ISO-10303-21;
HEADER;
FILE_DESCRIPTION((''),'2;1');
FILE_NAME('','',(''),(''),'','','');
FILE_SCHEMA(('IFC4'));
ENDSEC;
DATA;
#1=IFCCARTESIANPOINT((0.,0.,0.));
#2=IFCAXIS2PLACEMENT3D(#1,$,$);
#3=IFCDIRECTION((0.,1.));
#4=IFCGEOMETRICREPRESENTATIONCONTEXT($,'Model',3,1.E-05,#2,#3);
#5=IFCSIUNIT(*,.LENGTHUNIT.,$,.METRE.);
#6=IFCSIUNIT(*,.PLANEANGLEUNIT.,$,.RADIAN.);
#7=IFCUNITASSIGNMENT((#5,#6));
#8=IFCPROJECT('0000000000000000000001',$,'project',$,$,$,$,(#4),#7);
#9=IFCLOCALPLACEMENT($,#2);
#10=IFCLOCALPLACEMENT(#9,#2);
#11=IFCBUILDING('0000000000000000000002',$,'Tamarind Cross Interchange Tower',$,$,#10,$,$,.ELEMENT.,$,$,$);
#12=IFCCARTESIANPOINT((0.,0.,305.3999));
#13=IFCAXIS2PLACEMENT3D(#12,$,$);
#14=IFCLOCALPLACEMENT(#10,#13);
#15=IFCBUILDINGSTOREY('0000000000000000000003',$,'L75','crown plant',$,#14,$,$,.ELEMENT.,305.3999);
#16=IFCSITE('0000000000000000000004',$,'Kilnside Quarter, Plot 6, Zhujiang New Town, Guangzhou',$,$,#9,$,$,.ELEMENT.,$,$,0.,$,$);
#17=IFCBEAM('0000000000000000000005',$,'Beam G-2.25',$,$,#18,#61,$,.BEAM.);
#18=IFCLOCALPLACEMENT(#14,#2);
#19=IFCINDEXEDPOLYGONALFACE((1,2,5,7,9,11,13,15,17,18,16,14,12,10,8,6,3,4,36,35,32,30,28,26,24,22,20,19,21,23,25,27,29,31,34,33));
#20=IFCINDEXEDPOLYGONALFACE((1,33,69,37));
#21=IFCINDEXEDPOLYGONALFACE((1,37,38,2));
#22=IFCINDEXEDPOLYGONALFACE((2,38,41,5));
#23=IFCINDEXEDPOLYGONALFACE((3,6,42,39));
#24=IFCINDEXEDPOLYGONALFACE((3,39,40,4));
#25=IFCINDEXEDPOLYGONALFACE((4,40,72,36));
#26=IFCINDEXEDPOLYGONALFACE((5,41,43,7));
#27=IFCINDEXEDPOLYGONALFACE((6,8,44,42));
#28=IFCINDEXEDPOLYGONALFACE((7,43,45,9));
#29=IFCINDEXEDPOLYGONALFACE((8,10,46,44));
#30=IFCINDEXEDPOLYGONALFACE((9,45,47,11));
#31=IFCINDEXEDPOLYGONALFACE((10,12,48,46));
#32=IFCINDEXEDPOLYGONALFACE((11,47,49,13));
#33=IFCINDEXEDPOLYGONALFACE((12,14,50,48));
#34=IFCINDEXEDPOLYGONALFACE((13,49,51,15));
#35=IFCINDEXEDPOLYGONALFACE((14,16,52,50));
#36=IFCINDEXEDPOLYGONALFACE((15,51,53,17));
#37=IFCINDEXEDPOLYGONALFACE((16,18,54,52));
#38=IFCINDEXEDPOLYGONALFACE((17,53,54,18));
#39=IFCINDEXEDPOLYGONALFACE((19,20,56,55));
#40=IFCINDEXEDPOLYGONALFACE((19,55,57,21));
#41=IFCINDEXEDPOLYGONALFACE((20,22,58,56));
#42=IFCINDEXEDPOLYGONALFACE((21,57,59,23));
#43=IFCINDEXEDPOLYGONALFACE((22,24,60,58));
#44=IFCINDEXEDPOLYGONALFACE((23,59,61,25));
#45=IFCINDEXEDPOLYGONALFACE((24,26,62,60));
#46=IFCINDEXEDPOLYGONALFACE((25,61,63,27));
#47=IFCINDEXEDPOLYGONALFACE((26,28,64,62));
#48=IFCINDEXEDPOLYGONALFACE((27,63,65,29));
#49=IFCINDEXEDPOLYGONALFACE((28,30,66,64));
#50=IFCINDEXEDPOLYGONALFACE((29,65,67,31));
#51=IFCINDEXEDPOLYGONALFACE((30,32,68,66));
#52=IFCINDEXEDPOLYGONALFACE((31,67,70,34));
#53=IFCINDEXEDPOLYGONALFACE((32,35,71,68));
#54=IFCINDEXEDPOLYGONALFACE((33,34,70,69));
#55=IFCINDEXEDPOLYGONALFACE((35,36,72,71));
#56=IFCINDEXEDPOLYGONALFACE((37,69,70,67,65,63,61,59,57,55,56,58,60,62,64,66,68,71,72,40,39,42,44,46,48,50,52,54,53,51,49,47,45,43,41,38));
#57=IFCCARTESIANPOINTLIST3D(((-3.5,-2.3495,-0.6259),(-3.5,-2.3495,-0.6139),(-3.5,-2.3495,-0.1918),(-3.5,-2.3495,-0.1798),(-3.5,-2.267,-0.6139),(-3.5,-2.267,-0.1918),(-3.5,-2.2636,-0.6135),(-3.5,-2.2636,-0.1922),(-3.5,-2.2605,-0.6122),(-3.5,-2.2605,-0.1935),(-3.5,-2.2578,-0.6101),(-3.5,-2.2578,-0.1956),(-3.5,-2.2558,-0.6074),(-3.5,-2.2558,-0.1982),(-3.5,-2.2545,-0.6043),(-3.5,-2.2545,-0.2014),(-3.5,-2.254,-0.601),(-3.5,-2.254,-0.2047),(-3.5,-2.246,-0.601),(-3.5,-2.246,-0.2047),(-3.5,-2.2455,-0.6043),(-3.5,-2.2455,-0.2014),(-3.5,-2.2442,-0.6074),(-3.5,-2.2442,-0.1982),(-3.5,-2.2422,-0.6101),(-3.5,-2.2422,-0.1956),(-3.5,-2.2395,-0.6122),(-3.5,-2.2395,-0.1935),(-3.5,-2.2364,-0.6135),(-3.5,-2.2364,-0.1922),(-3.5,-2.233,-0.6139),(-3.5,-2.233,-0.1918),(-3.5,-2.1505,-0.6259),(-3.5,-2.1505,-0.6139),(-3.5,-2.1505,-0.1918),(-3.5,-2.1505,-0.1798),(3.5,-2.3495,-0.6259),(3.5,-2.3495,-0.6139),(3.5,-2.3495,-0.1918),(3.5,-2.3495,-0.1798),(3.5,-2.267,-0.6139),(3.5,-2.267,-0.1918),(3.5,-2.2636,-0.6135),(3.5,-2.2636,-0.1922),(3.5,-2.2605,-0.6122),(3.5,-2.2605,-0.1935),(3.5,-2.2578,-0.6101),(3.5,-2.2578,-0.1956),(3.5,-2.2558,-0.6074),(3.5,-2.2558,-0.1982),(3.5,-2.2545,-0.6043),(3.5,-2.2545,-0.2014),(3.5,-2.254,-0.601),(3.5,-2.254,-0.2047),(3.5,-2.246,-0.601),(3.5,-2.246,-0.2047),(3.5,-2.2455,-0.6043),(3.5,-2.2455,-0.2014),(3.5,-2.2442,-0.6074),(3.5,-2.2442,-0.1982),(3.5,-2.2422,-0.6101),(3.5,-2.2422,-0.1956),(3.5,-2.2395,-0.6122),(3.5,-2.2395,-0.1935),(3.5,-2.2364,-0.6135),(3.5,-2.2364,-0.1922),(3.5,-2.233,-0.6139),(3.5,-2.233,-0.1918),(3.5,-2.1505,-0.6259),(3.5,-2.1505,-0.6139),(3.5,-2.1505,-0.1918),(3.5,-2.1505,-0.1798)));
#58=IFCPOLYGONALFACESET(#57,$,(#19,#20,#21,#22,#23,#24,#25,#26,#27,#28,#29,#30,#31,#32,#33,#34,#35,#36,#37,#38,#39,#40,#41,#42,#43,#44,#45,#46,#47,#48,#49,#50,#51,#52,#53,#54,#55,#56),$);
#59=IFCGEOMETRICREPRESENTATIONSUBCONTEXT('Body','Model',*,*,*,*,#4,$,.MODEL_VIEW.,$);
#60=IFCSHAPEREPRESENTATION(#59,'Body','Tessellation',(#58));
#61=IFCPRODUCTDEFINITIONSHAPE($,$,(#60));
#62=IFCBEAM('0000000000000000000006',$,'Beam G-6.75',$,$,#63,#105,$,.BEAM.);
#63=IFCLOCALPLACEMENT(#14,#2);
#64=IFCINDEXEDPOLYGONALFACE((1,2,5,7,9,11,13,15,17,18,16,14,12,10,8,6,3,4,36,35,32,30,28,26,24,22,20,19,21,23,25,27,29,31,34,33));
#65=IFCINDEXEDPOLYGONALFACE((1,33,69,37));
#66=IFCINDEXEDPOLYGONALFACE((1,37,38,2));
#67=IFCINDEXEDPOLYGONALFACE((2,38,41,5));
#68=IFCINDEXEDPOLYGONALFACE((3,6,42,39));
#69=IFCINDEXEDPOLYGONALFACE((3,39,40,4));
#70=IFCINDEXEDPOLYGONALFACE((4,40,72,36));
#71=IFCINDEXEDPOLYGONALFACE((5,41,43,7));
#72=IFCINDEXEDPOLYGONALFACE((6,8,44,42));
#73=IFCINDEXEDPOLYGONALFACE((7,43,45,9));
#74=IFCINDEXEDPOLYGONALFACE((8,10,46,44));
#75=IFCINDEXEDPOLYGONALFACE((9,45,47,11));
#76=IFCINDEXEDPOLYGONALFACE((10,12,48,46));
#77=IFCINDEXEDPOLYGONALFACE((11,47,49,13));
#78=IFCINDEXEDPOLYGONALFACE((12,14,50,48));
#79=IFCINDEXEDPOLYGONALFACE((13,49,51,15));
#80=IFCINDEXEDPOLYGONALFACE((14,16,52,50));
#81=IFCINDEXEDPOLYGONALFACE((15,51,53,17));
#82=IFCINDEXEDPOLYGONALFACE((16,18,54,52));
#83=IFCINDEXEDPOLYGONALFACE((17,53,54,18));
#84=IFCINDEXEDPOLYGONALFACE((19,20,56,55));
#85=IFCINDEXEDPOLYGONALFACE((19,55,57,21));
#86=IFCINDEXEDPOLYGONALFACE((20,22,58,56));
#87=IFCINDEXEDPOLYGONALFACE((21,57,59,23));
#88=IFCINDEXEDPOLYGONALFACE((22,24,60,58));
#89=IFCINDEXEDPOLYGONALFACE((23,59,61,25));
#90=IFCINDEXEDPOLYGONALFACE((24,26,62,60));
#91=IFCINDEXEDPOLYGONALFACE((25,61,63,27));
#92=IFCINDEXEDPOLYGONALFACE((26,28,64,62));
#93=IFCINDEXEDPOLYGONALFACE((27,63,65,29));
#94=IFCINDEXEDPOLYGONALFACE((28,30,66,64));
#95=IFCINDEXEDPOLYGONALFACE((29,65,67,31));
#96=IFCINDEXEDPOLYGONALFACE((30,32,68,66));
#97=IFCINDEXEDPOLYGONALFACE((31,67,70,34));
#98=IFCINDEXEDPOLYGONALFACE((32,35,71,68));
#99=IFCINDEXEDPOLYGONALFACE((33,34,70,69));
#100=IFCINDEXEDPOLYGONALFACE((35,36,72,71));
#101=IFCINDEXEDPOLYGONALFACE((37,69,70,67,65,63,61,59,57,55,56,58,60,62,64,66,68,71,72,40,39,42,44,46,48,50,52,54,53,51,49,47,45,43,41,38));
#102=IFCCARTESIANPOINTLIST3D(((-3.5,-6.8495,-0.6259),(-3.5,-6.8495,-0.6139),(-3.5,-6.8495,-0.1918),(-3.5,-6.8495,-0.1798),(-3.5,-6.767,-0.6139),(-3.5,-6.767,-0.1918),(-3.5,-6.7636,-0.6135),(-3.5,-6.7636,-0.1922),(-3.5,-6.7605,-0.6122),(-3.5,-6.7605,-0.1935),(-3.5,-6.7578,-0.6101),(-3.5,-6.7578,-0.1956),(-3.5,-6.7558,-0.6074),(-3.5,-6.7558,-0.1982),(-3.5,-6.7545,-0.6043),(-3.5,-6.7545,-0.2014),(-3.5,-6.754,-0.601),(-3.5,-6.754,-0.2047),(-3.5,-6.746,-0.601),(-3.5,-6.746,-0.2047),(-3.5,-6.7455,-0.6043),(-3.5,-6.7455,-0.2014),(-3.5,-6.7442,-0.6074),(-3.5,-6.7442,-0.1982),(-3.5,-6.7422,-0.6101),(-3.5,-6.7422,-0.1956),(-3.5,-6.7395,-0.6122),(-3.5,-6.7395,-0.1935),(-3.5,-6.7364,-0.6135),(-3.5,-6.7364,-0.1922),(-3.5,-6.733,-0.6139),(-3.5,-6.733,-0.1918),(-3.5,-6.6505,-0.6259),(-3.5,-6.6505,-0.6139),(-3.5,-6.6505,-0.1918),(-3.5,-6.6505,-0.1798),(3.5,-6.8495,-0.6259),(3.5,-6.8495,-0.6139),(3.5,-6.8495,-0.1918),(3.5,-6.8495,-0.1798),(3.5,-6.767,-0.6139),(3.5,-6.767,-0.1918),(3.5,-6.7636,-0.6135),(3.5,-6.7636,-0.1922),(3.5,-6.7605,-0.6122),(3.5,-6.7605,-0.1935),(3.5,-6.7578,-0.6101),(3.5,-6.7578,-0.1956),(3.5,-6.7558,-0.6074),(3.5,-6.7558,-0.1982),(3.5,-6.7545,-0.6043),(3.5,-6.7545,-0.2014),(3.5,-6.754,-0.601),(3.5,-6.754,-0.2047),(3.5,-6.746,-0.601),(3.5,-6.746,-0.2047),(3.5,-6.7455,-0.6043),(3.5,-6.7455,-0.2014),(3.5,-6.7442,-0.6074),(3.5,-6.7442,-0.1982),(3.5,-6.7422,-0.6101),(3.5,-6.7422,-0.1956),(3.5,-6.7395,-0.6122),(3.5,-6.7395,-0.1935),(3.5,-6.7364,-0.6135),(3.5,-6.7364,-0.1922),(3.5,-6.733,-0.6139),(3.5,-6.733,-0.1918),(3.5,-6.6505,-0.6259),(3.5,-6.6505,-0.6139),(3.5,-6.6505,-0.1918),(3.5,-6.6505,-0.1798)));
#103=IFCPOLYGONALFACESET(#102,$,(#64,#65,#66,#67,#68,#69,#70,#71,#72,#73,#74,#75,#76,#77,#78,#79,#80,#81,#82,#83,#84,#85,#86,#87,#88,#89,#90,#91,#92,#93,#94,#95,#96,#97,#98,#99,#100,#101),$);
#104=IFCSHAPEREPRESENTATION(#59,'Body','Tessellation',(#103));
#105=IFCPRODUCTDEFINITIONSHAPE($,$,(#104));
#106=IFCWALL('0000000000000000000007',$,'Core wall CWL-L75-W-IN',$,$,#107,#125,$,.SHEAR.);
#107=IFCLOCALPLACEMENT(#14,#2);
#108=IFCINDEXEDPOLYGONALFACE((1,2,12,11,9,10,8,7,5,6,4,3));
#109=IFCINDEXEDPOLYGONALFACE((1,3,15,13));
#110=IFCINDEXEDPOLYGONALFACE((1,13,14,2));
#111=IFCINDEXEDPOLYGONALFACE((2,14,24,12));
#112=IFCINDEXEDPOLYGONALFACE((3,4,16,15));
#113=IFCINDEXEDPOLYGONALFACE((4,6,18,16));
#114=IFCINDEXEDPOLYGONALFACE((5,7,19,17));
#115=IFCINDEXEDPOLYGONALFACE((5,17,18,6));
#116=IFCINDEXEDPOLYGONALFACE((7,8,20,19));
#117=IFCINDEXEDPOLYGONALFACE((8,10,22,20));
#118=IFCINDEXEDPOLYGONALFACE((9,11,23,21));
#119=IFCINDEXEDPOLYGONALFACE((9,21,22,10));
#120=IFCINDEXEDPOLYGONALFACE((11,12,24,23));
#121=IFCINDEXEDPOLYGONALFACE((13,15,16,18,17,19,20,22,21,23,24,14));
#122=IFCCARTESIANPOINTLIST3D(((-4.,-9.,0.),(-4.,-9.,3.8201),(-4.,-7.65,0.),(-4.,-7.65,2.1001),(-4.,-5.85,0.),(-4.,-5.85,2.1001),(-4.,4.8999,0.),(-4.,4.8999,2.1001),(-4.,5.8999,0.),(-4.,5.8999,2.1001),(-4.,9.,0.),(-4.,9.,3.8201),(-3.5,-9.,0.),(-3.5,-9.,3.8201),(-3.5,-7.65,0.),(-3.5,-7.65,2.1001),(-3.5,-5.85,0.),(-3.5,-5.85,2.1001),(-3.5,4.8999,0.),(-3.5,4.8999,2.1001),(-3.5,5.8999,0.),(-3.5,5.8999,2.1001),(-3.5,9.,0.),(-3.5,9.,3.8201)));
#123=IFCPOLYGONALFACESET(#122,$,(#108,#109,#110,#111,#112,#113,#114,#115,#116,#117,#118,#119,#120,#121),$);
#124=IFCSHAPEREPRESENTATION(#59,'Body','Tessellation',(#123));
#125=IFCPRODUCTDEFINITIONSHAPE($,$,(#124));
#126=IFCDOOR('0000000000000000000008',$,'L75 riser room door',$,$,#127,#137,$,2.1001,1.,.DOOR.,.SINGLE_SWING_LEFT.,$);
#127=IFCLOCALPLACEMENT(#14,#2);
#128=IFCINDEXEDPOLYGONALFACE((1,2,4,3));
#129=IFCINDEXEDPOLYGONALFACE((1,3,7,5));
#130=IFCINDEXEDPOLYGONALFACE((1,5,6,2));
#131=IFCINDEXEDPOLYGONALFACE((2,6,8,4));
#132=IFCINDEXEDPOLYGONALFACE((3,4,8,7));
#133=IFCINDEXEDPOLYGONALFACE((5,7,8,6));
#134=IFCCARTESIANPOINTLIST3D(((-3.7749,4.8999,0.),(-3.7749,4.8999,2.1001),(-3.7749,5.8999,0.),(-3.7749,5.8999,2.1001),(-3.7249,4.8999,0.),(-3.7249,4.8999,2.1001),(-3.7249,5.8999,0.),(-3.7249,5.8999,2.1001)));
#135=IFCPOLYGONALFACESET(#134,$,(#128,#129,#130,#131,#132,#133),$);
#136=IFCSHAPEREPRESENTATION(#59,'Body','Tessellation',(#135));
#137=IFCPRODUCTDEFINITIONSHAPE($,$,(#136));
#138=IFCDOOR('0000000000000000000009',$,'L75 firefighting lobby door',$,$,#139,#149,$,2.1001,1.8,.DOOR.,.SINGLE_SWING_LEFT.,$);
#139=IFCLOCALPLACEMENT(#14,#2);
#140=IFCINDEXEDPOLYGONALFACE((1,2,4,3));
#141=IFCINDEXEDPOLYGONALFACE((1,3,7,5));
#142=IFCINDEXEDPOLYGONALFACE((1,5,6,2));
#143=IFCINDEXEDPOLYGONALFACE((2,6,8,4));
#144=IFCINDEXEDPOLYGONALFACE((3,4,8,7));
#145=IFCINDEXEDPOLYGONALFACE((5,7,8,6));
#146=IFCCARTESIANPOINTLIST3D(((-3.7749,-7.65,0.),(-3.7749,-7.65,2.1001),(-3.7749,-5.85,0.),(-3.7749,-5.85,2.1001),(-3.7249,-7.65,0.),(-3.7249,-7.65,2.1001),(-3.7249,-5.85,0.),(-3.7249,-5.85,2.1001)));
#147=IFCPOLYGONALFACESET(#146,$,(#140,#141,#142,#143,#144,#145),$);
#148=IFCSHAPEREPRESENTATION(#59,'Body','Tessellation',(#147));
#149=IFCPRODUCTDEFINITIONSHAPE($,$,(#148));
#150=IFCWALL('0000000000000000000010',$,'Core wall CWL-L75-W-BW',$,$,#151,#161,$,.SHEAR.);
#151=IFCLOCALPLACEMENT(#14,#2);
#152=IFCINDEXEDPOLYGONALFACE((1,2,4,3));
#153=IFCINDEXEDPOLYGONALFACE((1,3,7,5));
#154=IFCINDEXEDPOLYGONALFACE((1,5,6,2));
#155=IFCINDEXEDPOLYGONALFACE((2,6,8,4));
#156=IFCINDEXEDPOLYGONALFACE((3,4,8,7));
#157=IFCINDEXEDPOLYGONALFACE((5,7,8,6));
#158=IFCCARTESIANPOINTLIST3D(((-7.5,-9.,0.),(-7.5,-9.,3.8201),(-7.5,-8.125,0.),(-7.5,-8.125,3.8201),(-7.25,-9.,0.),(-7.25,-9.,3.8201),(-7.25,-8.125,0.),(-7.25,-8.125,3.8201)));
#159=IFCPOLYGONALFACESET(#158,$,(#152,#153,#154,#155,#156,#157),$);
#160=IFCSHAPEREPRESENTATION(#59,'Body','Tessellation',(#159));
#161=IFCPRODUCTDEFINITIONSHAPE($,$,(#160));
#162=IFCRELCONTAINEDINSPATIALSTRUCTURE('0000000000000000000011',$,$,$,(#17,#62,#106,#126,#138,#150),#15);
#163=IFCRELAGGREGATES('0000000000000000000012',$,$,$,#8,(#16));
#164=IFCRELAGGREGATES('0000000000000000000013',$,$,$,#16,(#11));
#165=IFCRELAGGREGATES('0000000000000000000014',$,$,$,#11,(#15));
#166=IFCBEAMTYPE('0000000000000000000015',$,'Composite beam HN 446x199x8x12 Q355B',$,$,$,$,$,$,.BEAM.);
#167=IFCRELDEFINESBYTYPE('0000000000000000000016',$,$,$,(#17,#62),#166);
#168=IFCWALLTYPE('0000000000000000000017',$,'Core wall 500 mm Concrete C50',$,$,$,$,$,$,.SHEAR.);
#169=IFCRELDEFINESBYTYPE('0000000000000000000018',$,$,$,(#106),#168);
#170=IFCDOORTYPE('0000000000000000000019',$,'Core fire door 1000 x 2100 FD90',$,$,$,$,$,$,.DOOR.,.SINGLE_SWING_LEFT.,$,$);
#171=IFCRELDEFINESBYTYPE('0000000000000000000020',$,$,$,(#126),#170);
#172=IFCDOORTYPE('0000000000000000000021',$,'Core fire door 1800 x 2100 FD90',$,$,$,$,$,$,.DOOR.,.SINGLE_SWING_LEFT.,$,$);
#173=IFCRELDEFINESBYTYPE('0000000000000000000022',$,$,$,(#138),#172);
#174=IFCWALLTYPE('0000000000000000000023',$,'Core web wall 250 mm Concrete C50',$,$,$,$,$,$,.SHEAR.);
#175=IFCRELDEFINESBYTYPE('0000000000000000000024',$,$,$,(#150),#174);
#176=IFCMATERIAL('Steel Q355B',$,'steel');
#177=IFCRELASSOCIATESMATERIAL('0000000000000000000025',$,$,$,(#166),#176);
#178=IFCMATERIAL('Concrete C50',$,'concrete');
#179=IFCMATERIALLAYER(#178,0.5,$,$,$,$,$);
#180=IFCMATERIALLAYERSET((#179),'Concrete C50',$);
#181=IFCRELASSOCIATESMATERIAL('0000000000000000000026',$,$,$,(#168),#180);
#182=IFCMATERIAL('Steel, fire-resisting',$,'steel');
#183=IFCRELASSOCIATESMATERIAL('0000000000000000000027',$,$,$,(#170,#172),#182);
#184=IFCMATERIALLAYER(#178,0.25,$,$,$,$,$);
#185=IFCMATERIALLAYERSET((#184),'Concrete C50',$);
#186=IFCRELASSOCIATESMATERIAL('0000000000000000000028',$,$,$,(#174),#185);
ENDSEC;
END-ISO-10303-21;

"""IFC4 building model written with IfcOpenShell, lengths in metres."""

from ifc_helpers import new_model, si_unit, direction, frame, frame_2d, origin, origin_2d, place, context, subcontext, project, spatial, rectangle, i_section, extrude, material, layer, layer_set, material_profile, profile_set, type_object, element, fill, save


model = new_model("IFC4")

# Units and contexts
model_context = context("Model", 3, precision=1e-05, world=origin(), true_north=direction((0.0, 1.0)))
body_context = subcontext(model_context, "Body", "Model", "MODEL_VIEW")
ifc_project = project(units=[si_unit("LENGTHUNIT", "METRE"), si_unit("PLANEANGLEUNIT", "RADIAN")], contexts=[model_context])

# Site, building, storey
site_placement = place(None, origin())
site = spatial("IfcSite", under=ifc_project, at=site_placement, Name="Kilnside Quarter, Plot 6, Zhujiang New Town, Guangzhou", CompositionType="ELEMENT", RefElevation=0.0)
building_placement = place(site_placement, origin())
building = spatial("IfcBuilding", under=site, at=building_placement, Name="Tamarind Cross Interchange Tower", CompositionType="ELEMENT")
storey_placement = place(building_placement, frame((0.0, 0.0, 305.3999)))
storey = spatial("IfcBuildingStorey", under=building, at=storey_placement, Name="L75", Description="crown plant", CompositionType="ELEMENT", Elevation=305.3999)

# Beams
ifc_material_1 = material(Name="Steel Q355B", Category="steel")
ifc_material_profile = material_profile(ifc_material_1, i_section(OverallWidth=0.199, OverallDepth=0.446, WebThickness=0.0081, FlangeThickness=0.012, FilletRadius=0.0129, at=origin_2d()), Name="HN 446x199x8x12")
ifc_profile_set = profile_set([ifc_material_profile], Name="Steel Q355B")
beam_type = type_object("IfcBeamType", Name="Composite beam HN 446x199x8x12 Q355B", PredefinedType="BEAM", material=ifc_profile_set)
for number, where, z_axis, x_axis, name in (
    (1, (-3.5, -2.25, -0.4028), (1.0, 0.0, 0.0), (0.0, 1.0, 0.0), "Beam G-2.25"),
    (2, (-3.5, -6.75, -0.4028), (1.0, 0.0, 0.0), (0.0, 1.0, 0.0), "Beam G-6.75"),
):
    element("IfcBeam", number, at=place(storey_placement, frame(where, z_axis=z_axis, x_axis=x_axis)), inside=storey, type_object=beam_type, Name=name, PredefinedType="BEAM", context=body_context, shape_type="SweptSolid", body=[
        extrude(i_section(OverallWidth=0.199, OverallDepth=0.446, WebThickness=0.0081, FlangeThickness=0.012, FilletRadius=0.0129, at=origin_2d()), origin(), (0.0, 0.0, 1.0), 7.0),
    ])

# Wall, openings, doors
ifc_material_2 = material(Name="Concrete C50", Category="concrete")
ifc_layer_1 = layer(ifc_material_2, 0.5)
ifc_layer_set_1 = layer_set([ifc_layer_1], Name="Concrete C50")
wall_type_1 = type_object("IfcWallType", Name="Core wall 500 mm Concrete C50", PredefinedType="SHEAR", material=ifc_layer_set_1)
wall_1_placement = place(storey_placement, frame((-3.75, -9.0, 0.0), z_axis=(0.0, 0.0, 1.0), x_axis=(0.0, 1.0, 0.0)))
wall_1 = element("IfcWall", 3, at=wall_1_placement, inside=storey, type_object=wall_type_1, Name="Core wall CWL-L75-W-IN", PredefinedType="SHEAR", context=body_context, shape_type="SweptSolid", body=[
    extrude(rectangle(XDim=18.0, YDim=0.5, at=frame_2d((9.0, 0.0))), origin(), (0.0, 0.0, 1.0), 3.8201),
])
opening_1_placement = place(wall_1_placement, frame((1.3501, 0.0, 0.0)))
opening_1 = element("IfcOpeningElement", 4, at=opening_1_placement, cuts=wall_1, PredefinedType="OPENING", context=body_context, shape_type="SweptSolid", body=[
    extrude(rectangle(XDim=1.8, YDim=2.1001, at=frame_2d((0.8999, 1.05))), frame((0.0, 0.26, 0.0), z_axis=(0.0, -1.0, 0.0), x_axis=(1.0, 0.0, 0.0)), (0.0, 0.0, 1.0), 0.52),
])
opening_2_placement = place(wall_1_placement, frame((13.8999, 0.0, 0.0)))
opening_2 = element("IfcOpeningElement", 5, at=opening_2_placement, cuts=wall_1, PredefinedType="OPENING", context=body_context, shape_type="SweptSolid", body=[
    extrude(rectangle(XDim=1.0, YDim=2.1001, at=frame_2d((0.5, 1.05))), frame((0.0, 0.26, 0.0), z_axis=(0.0, -1.0, 0.0), x_axis=(1.0, 0.0, 0.0)), (0.0, 0.0, 1.0), 0.52),
])
ifc_material_3 = material(Name="Steel, fire-resisting", Category="steel")
door_type_1 = type_object("IfcDoorType", Name="Core fire door 1000 x 2100 FD90", OperationType="SINGLE_SWING_LEFT", PredefinedType="DOOR", material=ifc_material_3)
door_1_placement = place(opening_2_placement, origin())
door_1 = element("IfcDoor", 6, at=door_1_placement, inside=storey, type_object=door_type_1, Name="L75 riser room door", OperationType="SINGLE_SWING_LEFT", OverallHeight=2.1001, OverallWidth=1.0, PredefinedType="DOOR", context=body_context, shape_type="SweptSolid", body=[
    extrude(rectangle(XDim=1.0, YDim=2.1001, at=frame_2d((0.5, 1.05))), frame((0.0, 0.0249, 0.0), z_axis=(0.0, -1.0, 0.0), x_axis=(1.0, 0.0, 0.0)), (0.0, 0.0, 1.0), 0.05),
])
fill(opening_2, door_1)
door_type_2 = type_object("IfcDoorType", Name="Core fire door 1800 x 2100 FD90", OperationType="SINGLE_SWING_LEFT", PredefinedType="DOOR", material=ifc_material_3)
door_2_placement = place(opening_1_placement, origin())
door_2 = element("IfcDoor", 7, at=door_2_placement, inside=storey, type_object=door_type_2, Name="L75 firefighting lobby door", OperationType="SINGLE_SWING_LEFT", OverallHeight=2.1001, OverallWidth=1.8, PredefinedType="DOOR", context=body_context, shape_type="SweptSolid", body=[
    extrude(rectangle(XDim=1.8, YDim=2.1001, at=frame_2d((0.8999, 1.05))), frame((0.0, 0.0249, 0.0), z_axis=(0.0, -1.0, 0.0), x_axis=(1.0, 0.0, 0.0)), (0.0, 0.0, 1.0), 0.05),
])
fill(opening_1, door_2)

# Wall
ifc_layer_2 = layer(ifc_material_2, 0.25)
ifc_layer_set_2 = layer_set([ifc_layer_2], Name="Concrete C50")
wall_type_2 = type_object("IfcWallType", Name="Core web wall 250 mm Concrete C50", PredefinedType="SHEAR", material=ifc_layer_set_2)
wall_2_placement = place(storey_placement, frame((-7.375, -9.0, 0.0), z_axis=(0.0, 0.0, 1.0), x_axis=(0.0, 1.0, 0.0)))
element("IfcWall", 8, at=wall_2_placement, inside=storey, type_object=wall_type_2, Name="Core wall CWL-L75-W-BW", PredefinedType="SHEAR", context=body_context, shape_type="SweptSolid", body=[
    extrude(rectangle(XDim=0.875, YDim=0.25, at=frame_2d((0.4375, 0.0))), origin(), (0.0, 0.0, 1.0), 3.8201),
])

save(model, "model.ifc")
